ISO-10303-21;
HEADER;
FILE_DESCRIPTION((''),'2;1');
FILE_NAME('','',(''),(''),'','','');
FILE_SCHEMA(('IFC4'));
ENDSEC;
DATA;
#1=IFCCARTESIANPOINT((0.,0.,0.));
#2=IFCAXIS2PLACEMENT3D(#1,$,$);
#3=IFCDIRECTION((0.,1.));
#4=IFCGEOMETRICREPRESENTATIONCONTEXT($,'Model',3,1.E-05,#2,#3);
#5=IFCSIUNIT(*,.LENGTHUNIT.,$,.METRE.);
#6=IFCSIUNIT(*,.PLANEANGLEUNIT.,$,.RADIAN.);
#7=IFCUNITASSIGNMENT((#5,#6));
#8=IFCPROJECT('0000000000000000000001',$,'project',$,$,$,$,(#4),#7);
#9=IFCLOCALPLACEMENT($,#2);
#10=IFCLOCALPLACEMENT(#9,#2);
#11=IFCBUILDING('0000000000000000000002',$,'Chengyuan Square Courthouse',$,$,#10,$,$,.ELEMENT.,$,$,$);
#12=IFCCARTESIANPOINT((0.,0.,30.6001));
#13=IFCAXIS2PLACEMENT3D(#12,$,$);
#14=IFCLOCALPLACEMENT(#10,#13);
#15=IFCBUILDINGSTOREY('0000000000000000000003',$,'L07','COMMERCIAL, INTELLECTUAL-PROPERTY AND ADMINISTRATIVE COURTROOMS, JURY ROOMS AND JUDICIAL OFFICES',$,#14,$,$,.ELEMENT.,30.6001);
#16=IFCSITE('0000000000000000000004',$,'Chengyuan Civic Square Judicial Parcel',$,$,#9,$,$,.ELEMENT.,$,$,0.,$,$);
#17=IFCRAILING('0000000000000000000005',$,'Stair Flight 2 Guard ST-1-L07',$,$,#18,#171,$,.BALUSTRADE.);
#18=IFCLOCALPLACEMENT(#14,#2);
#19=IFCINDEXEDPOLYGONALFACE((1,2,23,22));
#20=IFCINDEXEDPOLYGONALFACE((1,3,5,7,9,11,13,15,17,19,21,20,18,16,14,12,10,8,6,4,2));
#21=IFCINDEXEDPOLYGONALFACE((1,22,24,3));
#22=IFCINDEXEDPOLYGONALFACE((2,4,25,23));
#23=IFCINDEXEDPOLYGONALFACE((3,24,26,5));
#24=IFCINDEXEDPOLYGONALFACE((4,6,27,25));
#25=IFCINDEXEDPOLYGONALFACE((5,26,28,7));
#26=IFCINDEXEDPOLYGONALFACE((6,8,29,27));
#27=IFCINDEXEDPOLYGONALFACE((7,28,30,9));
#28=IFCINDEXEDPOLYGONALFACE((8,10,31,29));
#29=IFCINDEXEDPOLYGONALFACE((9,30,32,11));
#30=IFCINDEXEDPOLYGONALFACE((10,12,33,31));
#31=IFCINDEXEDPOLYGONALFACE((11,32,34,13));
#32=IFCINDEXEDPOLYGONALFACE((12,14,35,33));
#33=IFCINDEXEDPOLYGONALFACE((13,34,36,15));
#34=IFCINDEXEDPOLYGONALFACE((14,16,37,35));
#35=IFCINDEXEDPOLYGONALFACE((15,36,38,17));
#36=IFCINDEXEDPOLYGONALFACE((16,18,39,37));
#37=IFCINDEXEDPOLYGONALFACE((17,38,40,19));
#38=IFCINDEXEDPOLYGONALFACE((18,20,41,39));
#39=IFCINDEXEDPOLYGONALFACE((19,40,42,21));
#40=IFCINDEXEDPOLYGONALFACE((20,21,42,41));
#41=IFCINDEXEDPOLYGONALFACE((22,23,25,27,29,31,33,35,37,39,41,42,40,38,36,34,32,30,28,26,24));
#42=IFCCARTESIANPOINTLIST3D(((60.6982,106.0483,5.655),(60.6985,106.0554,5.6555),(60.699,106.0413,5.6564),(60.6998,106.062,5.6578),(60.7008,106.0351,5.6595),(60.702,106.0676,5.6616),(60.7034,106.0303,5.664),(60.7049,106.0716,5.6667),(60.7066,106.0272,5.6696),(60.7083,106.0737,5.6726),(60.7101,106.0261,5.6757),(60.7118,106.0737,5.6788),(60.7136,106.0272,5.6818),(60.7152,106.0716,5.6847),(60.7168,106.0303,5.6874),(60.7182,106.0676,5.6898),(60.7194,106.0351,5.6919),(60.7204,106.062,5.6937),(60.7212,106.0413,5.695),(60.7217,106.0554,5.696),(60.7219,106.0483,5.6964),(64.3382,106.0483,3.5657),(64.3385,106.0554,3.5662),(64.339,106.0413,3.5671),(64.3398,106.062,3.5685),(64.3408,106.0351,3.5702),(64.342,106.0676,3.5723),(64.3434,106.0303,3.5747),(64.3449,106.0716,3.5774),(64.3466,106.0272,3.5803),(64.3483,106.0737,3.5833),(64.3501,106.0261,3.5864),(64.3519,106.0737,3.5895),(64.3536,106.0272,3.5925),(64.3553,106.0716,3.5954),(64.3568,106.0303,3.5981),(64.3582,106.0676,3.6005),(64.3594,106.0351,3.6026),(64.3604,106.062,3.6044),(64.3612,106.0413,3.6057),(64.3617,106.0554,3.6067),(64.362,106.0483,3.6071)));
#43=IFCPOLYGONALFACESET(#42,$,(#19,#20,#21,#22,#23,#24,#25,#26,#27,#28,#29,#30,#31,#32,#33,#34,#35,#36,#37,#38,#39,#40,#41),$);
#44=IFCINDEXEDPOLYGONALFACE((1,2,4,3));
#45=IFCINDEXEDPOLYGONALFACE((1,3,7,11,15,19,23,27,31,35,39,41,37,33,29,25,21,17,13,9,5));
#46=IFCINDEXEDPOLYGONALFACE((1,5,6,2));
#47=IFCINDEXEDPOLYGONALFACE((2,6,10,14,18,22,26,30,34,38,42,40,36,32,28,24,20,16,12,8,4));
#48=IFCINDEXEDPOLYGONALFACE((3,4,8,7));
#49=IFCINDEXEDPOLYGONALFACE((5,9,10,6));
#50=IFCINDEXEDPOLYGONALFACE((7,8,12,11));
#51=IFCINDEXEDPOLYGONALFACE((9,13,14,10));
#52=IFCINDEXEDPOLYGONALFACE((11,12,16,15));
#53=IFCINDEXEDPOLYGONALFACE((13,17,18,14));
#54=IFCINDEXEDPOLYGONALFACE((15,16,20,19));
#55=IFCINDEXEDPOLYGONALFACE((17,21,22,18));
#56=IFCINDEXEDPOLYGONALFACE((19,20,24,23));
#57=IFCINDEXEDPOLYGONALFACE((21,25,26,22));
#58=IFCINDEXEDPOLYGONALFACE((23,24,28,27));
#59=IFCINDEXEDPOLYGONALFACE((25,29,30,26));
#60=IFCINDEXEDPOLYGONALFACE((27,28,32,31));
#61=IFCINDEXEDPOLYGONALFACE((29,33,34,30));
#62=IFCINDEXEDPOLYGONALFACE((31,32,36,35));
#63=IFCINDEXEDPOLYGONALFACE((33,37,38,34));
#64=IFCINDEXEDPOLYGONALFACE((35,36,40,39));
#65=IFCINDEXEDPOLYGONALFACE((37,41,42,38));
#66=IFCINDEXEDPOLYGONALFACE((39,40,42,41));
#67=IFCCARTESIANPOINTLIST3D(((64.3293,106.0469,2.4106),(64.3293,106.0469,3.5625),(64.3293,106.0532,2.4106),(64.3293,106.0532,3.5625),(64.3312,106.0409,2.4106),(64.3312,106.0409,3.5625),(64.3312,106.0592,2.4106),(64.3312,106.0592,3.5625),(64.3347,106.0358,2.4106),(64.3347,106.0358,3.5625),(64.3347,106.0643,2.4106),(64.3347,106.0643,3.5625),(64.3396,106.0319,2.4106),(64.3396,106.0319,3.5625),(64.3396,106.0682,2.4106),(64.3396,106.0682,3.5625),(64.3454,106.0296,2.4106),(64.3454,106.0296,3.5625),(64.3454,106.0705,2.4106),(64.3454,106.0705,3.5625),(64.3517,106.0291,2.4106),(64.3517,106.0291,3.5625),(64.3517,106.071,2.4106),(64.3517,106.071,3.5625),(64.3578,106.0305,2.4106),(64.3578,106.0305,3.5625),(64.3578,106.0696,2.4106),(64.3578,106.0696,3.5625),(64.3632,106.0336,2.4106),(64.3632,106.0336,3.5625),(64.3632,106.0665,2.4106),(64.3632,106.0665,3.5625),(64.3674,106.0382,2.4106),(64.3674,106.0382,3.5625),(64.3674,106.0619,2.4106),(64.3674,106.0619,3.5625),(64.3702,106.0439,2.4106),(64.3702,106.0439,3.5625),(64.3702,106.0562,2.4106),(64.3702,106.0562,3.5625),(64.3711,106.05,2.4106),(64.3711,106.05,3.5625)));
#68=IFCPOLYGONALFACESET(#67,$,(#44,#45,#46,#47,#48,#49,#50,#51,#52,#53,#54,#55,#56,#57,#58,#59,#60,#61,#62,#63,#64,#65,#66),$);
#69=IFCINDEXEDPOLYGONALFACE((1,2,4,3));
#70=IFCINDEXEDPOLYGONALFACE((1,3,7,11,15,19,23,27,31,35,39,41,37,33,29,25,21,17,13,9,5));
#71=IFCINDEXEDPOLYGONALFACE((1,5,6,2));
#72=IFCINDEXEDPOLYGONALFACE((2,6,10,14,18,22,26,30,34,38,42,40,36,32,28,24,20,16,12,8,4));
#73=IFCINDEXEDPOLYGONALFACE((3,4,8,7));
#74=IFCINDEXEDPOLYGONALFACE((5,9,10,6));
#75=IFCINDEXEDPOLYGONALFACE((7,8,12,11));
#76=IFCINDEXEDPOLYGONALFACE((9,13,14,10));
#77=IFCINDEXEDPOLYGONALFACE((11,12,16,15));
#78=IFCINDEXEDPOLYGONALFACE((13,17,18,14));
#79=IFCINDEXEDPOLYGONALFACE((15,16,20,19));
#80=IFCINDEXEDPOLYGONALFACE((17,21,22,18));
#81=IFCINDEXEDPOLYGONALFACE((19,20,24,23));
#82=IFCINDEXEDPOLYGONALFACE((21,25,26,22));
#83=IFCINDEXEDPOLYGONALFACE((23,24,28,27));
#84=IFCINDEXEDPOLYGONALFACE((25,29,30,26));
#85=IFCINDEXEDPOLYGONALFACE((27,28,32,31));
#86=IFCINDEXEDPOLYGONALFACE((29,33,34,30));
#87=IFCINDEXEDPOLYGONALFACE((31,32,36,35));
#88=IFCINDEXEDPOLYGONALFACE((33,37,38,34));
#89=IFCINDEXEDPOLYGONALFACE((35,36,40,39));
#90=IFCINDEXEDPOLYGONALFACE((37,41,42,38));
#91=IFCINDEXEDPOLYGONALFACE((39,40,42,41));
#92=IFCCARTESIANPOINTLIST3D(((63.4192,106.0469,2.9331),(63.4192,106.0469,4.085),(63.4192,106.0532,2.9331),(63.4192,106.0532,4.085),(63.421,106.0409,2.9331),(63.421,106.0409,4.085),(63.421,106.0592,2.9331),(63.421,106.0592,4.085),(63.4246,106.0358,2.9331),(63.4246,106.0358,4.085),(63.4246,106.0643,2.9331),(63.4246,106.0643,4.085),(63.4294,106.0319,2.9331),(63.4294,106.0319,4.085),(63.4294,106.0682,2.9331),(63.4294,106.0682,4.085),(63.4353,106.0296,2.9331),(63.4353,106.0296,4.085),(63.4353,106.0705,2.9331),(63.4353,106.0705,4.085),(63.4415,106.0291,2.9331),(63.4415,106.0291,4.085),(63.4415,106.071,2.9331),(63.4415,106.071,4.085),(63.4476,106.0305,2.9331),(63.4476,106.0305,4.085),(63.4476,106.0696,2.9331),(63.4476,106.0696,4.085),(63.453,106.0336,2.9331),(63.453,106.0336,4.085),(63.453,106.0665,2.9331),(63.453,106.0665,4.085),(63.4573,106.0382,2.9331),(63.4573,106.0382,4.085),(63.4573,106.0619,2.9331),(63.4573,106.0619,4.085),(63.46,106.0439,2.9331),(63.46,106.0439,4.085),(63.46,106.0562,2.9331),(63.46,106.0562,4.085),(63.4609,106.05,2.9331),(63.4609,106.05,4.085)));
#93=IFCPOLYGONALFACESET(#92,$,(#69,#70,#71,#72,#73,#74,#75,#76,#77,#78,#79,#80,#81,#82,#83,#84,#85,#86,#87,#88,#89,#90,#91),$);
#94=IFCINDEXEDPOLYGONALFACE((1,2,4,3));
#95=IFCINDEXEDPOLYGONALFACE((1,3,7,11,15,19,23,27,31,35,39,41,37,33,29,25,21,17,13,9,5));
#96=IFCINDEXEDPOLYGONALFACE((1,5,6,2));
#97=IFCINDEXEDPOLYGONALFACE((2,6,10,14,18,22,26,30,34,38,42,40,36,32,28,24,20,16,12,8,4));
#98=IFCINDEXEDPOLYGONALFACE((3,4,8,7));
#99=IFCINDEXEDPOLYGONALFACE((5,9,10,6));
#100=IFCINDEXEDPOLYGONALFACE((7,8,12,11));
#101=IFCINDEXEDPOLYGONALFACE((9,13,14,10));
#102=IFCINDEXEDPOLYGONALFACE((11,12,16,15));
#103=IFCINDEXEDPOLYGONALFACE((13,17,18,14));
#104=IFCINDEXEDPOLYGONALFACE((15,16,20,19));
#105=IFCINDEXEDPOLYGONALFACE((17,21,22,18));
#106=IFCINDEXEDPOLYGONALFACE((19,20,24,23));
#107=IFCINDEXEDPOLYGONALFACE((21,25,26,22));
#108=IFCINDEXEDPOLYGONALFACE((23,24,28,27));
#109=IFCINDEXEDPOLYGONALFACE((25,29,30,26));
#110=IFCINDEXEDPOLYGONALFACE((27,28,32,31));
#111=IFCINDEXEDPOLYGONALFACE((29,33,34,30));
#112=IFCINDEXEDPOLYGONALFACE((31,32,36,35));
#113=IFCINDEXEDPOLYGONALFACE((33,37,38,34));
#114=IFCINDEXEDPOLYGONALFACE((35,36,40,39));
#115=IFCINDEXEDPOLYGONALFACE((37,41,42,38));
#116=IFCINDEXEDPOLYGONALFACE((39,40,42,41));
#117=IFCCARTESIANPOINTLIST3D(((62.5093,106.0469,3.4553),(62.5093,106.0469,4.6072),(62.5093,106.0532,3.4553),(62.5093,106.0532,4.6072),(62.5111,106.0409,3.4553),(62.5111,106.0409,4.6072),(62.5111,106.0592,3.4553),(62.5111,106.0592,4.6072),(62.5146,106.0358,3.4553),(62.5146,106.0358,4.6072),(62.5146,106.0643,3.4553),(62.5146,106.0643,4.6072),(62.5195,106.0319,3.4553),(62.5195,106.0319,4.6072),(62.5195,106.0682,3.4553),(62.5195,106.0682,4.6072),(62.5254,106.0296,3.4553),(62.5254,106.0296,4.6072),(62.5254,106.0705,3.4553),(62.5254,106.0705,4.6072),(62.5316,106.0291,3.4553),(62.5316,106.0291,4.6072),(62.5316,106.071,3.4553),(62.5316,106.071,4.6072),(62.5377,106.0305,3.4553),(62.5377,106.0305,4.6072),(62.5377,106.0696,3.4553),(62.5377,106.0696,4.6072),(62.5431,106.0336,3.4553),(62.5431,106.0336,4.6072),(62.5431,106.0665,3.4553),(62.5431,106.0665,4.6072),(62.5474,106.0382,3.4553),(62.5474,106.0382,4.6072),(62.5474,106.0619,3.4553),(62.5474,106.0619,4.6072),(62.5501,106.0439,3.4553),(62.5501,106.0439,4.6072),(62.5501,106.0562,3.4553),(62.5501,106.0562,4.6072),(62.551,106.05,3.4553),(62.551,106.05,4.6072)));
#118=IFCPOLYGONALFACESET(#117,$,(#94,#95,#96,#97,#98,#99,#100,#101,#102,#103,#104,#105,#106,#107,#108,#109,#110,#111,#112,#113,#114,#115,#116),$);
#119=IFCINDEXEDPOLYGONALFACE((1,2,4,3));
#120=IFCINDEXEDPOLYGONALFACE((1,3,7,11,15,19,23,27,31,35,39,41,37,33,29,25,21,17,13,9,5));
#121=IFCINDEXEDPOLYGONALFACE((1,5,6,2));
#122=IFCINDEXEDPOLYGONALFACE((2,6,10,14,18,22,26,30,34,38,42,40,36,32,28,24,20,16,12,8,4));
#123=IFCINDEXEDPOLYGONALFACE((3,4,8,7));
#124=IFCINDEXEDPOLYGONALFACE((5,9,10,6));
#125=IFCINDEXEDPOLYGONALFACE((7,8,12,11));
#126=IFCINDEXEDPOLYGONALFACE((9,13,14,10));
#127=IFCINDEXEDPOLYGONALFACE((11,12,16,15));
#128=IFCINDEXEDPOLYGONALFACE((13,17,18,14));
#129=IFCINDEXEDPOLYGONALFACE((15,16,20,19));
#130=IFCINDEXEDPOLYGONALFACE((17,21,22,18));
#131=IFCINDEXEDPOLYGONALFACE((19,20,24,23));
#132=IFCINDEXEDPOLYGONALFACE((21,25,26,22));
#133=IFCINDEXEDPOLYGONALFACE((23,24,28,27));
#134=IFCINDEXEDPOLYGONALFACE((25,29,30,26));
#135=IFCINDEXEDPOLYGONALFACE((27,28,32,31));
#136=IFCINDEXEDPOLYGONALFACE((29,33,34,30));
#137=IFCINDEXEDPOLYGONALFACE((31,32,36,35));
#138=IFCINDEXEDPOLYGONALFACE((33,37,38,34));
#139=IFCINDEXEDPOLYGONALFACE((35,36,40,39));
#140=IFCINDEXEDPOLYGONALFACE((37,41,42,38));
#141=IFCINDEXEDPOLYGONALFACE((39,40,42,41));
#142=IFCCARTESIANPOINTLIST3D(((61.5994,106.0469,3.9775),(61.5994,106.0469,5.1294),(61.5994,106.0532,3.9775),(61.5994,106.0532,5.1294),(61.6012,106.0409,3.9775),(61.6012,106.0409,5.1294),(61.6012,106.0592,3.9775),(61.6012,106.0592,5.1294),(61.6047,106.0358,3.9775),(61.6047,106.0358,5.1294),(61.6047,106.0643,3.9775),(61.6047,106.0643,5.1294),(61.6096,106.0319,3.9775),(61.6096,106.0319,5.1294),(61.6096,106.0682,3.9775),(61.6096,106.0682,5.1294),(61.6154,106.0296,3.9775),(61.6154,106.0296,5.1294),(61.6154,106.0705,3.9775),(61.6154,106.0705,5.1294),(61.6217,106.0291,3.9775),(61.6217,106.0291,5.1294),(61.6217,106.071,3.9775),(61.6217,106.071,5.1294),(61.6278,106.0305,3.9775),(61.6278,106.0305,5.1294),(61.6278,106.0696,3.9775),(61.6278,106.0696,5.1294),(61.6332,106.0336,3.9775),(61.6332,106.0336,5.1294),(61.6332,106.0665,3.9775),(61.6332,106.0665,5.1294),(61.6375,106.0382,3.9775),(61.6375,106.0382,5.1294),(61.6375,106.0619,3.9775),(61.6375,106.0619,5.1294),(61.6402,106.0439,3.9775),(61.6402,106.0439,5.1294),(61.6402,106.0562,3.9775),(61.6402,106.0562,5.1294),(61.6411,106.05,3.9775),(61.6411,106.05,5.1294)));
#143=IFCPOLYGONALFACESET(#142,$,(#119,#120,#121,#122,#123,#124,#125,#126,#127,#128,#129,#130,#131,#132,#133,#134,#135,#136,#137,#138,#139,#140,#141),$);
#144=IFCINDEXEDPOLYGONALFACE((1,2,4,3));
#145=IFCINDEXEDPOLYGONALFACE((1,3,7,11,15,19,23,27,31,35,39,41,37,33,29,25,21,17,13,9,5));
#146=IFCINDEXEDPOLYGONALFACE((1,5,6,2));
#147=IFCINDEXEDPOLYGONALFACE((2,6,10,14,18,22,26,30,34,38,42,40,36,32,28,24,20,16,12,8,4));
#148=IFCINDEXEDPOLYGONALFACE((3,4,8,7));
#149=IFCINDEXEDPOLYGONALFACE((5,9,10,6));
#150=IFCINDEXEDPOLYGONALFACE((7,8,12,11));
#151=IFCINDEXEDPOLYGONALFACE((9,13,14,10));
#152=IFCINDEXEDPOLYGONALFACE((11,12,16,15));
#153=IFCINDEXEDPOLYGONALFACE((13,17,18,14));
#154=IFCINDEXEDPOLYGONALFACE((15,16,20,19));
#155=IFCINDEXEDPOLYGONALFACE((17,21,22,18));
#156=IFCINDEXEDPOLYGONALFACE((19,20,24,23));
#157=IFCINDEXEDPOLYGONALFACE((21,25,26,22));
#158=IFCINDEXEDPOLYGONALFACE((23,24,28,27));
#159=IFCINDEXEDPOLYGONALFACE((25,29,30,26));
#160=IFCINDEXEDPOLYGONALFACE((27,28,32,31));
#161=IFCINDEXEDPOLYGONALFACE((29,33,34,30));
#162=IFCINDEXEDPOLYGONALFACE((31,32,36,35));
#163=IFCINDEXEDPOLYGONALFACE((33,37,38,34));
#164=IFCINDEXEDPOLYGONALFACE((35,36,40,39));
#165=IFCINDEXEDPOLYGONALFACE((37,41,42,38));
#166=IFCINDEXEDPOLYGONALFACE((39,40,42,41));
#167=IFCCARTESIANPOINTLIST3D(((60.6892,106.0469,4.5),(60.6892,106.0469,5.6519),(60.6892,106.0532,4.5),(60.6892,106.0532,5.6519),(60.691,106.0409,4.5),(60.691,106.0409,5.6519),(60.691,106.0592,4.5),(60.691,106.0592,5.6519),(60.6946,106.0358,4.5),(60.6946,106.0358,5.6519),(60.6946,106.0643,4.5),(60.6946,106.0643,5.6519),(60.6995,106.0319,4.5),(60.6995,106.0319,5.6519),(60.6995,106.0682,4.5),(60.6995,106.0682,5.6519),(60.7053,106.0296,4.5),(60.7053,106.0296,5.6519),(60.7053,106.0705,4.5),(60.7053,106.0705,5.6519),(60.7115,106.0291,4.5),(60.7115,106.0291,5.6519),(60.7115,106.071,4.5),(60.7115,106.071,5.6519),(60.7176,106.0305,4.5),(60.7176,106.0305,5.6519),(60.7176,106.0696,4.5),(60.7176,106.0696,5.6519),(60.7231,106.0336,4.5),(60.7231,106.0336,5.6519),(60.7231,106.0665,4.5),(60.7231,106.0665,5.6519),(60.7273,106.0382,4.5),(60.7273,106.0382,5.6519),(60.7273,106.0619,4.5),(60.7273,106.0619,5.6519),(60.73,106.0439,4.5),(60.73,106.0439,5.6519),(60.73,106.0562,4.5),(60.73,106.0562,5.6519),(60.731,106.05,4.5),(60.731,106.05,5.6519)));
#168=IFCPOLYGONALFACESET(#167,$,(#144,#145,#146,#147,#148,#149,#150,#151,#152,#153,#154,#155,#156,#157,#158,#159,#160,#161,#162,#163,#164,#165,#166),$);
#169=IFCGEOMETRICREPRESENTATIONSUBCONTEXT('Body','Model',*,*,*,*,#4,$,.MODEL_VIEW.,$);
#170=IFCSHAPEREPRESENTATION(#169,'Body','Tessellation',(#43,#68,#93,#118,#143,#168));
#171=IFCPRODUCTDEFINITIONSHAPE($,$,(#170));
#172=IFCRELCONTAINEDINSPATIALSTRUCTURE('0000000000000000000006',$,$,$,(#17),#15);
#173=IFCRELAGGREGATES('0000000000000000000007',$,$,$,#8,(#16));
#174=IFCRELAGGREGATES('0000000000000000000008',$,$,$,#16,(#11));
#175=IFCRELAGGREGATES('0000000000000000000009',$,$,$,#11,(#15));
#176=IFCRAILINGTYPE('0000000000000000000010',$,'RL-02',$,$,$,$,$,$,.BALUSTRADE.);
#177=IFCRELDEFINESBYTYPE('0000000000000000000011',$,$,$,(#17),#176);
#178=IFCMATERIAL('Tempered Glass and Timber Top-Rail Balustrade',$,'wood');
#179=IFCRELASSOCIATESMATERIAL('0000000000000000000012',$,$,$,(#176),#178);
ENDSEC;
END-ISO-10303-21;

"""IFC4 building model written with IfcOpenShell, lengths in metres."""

from ifc_helpers import new_model, si_unit, direction, frame, origin, origin_2d, place, context, subcontext, project, spatial, circle, extrude, material, type_object, element, save


model = new_model("IFC4")

# Units and contexts
model_context = context("Model", 3, precision=1e-05, world=origin(), true_north=direction((0.0, 1.0)))
body_context = subcontext(model_context, "Body", "Model", "MODEL_VIEW")
ifc_project = project(units=[si_unit("LENGTHUNIT", "METRE"), si_unit("PLANEANGLEUNIT", "RADIAN")], contexts=[model_context])

# Site, building, storey
site_placement = place(None, origin())
site = spatial("IfcSite", under=ifc_project, at=site_placement, Name="Chengyuan Civic Square Judicial Parcel", CompositionType="ELEMENT", RefElevation=0.0)
building_placement = place(site_placement, origin())
building = spatial("IfcBuilding", under=site, at=building_placement, Name="Chengyuan Square Courthouse", CompositionType="ELEMENT")
storey_placement = place(building_placement, frame((0.0, 0.0, 30.6001)))
storey = spatial("IfcBuildingStorey", under=building, at=storey_placement, Name="L07", Description="COMMERCIAL, INTELLECTUAL-PROPERTY AND ADMINISTRATIVE COURTROOMS, JURY ROOMS AND JUDICIAL OFFICES", CompositionType="ELEMENT", Elevation=30.6001)

# Railing
ifc_material_1 = material(Name="Tempered Glass and Timber Top-Rail Balustrade", Category="wood")
railing_type_1 = type_object("IfcRailingType", Name="RL-02", PredefinedType="BALUSTRADE", material=ifc_material_1)
railing_1_placement = place(storey_placement, frame((64.3501, 106.05, 2.4106)))
element("IfcRailing", 1, at=railing_1_placement, inside=storey, type_object=railing_type_1, Name="Stair Flight 2 Guard ST-1-L07", PredefinedType="BALUSTRADE", context=body_context, shape_type="SweptSolid", body=[
    extrude(circle(Radius=0.0239, at=origin_2d()), frame((0.0, 0.0, 1.1758), z_axis=(-0.867289, 0.0, 0.497804), x_axis=(0.0, -1.0, 0.0)), (0.0, 0.0, 1.0), 4.197),
    extrude(circle(Radius=0.021, at=origin_2d()), origin(), (0.0, 0.0, 1.0), 1.1519),
    extrude(circle(Radius=0.021, at=origin_2d()), frame((-0.9102, 0.0, 0.5225)), (0.0, 0.0, 1.0), 1.1519),
    extrude(circle(Radius=0.021, at=origin_2d()), frame((-1.8201, 0.0, 1.0447)), (0.0, 0.0, 1.0), 1.1519),
    extrude(circle(Radius=0.021, at=origin_2d()), frame((-2.73, 0.0, 1.5669)), (0.0, 0.0, 1.0), 1.1519),
    extrude(circle(Radius=0.021, at=origin_2d()), frame((-3.6401, 0.0, 2.0894)), (0.0, 0.0, 1.0), 1.1519),
])

save(model, "model.ifc")
